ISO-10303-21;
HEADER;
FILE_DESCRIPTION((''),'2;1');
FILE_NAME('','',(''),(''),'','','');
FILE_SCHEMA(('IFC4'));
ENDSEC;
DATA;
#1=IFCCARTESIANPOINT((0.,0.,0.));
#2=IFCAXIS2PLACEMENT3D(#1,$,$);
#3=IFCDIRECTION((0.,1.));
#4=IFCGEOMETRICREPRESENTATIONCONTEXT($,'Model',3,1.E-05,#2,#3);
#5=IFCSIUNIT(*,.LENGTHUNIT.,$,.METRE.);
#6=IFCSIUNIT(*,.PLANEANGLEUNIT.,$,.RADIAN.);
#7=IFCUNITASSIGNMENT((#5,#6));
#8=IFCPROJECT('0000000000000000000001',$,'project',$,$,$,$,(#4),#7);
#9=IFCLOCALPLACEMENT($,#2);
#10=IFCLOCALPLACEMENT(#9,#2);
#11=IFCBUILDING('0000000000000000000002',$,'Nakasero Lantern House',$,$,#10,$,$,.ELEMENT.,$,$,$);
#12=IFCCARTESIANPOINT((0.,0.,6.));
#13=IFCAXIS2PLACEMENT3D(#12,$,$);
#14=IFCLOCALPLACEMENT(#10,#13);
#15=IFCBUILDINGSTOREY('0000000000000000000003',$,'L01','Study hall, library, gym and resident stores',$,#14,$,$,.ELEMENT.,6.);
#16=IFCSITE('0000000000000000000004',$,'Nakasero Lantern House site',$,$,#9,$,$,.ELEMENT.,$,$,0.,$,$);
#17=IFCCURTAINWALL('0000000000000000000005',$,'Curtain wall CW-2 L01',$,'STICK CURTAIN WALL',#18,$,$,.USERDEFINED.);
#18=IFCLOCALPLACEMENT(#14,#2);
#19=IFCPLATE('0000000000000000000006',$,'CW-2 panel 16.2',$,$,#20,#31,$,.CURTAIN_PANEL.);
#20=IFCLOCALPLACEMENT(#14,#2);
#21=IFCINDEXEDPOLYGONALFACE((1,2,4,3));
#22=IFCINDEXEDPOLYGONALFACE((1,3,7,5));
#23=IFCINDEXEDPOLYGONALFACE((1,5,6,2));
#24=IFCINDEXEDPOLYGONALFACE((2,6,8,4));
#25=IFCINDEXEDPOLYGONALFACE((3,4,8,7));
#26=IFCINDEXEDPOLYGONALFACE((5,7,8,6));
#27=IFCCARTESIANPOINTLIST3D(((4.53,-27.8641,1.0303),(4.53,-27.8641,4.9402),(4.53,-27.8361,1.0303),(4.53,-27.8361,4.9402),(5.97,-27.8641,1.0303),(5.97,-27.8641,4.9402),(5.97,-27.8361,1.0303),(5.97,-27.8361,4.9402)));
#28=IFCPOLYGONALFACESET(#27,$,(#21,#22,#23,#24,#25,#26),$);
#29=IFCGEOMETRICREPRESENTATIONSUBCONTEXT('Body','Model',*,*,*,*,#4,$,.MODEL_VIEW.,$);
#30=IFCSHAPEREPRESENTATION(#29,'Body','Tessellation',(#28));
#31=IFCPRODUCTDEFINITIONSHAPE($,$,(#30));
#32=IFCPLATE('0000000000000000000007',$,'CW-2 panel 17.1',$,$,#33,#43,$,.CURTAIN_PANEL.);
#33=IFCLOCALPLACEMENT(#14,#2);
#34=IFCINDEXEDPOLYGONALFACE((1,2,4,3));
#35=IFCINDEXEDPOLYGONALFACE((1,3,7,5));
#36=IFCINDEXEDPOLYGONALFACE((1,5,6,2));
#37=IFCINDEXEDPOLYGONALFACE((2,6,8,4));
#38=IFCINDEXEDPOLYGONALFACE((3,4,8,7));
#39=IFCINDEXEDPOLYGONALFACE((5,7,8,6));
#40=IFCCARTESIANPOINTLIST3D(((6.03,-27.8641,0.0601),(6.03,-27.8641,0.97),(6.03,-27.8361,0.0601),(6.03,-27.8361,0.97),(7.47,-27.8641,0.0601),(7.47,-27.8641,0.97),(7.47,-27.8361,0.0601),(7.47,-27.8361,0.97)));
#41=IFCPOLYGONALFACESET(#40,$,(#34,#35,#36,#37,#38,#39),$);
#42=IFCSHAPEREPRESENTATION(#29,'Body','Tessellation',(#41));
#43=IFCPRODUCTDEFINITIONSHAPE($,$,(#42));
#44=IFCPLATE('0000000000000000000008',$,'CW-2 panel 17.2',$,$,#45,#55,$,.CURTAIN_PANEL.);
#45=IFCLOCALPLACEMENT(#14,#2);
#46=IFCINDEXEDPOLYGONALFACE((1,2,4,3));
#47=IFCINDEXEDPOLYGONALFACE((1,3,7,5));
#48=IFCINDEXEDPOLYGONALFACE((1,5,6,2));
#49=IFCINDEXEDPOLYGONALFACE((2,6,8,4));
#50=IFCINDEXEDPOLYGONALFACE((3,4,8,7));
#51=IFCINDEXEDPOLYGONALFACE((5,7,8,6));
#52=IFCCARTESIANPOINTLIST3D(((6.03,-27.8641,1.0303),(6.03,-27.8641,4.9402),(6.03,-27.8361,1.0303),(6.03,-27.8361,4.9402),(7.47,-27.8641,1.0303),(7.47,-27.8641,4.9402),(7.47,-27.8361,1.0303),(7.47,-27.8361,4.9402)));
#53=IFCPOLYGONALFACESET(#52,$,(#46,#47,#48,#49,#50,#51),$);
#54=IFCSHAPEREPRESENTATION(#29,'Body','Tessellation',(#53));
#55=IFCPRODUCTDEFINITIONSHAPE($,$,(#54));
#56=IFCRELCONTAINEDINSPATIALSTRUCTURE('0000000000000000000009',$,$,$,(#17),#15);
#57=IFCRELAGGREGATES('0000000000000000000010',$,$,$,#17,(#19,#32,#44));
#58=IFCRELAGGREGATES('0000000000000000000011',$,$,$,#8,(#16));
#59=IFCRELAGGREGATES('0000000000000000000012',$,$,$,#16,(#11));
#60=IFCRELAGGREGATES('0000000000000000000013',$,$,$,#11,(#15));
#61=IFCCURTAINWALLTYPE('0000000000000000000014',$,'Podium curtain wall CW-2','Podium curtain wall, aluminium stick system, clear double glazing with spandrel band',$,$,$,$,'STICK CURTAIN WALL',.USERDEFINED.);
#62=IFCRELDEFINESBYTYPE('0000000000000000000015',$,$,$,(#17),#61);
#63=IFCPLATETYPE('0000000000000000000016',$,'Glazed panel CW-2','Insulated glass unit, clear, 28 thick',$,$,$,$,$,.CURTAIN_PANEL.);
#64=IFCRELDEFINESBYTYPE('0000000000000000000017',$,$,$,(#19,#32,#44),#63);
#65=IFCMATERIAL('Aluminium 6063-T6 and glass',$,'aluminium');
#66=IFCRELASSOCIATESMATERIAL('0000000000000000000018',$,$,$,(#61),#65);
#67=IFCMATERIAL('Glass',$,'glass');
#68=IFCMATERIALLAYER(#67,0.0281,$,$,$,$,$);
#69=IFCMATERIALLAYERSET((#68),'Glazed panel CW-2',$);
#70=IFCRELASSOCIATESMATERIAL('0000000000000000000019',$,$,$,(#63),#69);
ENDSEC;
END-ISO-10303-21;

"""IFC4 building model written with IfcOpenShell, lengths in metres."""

from ifc_helpers import new_model, si_unit, direction, frame, origin, origin_2d, place, context, subcontext, project, spatial, rectangle, extrude, material, layer, layer_set, type_object, element, aggregate, save


model = new_model("IFC4")

# Units and contexts
model_context = context("Model", 3, precision=1e-05, world=origin(), true_north=direction((0.0, 1.0)))
body_context = subcontext(model_context, "Body", "Model", "MODEL_VIEW")
ifc_project = project(units=[si_unit("LENGTHUNIT", "METRE"), si_unit("PLANEANGLEUNIT", "RADIAN")], contexts=[model_context])

# Site, building, storey
site_placement = place(None, origin())
site = spatial("IfcSite", under=ifc_project, at=site_placement, Name="Nakasero Lantern House site", CompositionType="ELEMENT", RefElevation=0.0)
building_placement = place(site_placement, origin())
building = spatial("IfcBuilding", under=site, at=building_placement, Name="Nakasero Lantern House", CompositionType="ELEMENT")
storey_placement = place(building_placement, frame((0.0, 0.0, 6.0)))
storey = spatial("IfcBuildingStorey", under=building, at=storey_placement, Name="L01", Description="Study hall, library, gym and resident stores", CompositionType="ELEMENT", Elevation=6.0)

# Curtain wall, plates
ifc_material_1 = material(Name="Aluminium 6063-T6 and glass", Category="aluminium")
curtain_wall_type = type_object("IfcCurtainWallType", Name="Podium curtain wall CW-2", Description="Podium curtain wall, aluminium stick system, clear double glazing with spandrel band", ElementType="STICK CURTAIN WALL", PredefinedType="USERDEFINED", material=ifc_material_1)
curtain_wall_placement = place(storey_placement, origin())
curtain_wall = element("IfcCurtainWall", 1, at=curtain_wall_placement, inside=storey, type_object=curtain_wall_type, Name="Curtain wall CW-2 L01", ObjectType="STICK CURTAIN WALL", PredefinedType="USERDEFINED")
ifc_material_2 = material(Name="Glass", Category="glass")
ifc_layer = layer(ifc_material_2, 0.0281)
ifc_layer_set = layer_set([ifc_layer], Name="Glazed panel CW-2")
plate_type = type_object("IfcPlateType", Name="Glazed panel CW-2", Description="Insulated glass unit, clear, 28 thick", PredefinedType="CURTAIN_PANEL", material=ifc_layer_set)
plate_1_placement = place(storey_placement, frame((5.25, -27.8501, 1.0303), z_axis=(0.0, 0.0, 1.0), x_axis=(1.0, 0.0, 0.0)))
plate_1 = element("IfcPlate", 2, at=plate_1_placement, type_object=plate_type, Name="CW-2 panel 16.2", PredefinedType="CURTAIN_PANEL", context=body_context, shape_type="SweptSolid", body=[
    extrude(rectangle(XDim=1.4399, YDim=0.0281, at=origin_2d()), origin(), (0.0, 0.0, 1.0), 3.9099),
])
plate_2_placement = place(storey_placement, frame((6.75, -27.8501, 0.0601), z_axis=(0.0, 0.0, 1.0), x_axis=(1.0, 0.0, 0.0)))
plate_2 = element("IfcPlate", 3, at=plate_2_placement, type_object=plate_type, Name="CW-2 panel 17.1", PredefinedType="CURTAIN_PANEL", context=body_context, shape_type="SweptSolid", body=[
    extrude(rectangle(XDim=1.4399, YDim=0.0281, at=origin_2d()), origin(), (0.0, 0.0, 1.0), 0.9099),
])
plate_3_placement = place(storey_placement, frame((6.75, -27.8501, 1.0303), z_axis=(0.0, 0.0, 1.0), x_axis=(1.0, 0.0, 0.0)))
plate_3 = element("IfcPlate", 4, at=plate_3_placement, type_object=plate_type, Name="CW-2 panel 17.2", PredefinedType="CURTAIN_PANEL", context=body_context, shape_type="SweptSolid", body=[
    extrude(rectangle(XDim=1.4399, YDim=0.0281, at=origin_2d()), origin(), (0.0, 0.0, 1.0), 3.9099),
])
aggregate(curtain_wall, [plate_1, plate_2, plate_3])

save(model, "model.ifc")
